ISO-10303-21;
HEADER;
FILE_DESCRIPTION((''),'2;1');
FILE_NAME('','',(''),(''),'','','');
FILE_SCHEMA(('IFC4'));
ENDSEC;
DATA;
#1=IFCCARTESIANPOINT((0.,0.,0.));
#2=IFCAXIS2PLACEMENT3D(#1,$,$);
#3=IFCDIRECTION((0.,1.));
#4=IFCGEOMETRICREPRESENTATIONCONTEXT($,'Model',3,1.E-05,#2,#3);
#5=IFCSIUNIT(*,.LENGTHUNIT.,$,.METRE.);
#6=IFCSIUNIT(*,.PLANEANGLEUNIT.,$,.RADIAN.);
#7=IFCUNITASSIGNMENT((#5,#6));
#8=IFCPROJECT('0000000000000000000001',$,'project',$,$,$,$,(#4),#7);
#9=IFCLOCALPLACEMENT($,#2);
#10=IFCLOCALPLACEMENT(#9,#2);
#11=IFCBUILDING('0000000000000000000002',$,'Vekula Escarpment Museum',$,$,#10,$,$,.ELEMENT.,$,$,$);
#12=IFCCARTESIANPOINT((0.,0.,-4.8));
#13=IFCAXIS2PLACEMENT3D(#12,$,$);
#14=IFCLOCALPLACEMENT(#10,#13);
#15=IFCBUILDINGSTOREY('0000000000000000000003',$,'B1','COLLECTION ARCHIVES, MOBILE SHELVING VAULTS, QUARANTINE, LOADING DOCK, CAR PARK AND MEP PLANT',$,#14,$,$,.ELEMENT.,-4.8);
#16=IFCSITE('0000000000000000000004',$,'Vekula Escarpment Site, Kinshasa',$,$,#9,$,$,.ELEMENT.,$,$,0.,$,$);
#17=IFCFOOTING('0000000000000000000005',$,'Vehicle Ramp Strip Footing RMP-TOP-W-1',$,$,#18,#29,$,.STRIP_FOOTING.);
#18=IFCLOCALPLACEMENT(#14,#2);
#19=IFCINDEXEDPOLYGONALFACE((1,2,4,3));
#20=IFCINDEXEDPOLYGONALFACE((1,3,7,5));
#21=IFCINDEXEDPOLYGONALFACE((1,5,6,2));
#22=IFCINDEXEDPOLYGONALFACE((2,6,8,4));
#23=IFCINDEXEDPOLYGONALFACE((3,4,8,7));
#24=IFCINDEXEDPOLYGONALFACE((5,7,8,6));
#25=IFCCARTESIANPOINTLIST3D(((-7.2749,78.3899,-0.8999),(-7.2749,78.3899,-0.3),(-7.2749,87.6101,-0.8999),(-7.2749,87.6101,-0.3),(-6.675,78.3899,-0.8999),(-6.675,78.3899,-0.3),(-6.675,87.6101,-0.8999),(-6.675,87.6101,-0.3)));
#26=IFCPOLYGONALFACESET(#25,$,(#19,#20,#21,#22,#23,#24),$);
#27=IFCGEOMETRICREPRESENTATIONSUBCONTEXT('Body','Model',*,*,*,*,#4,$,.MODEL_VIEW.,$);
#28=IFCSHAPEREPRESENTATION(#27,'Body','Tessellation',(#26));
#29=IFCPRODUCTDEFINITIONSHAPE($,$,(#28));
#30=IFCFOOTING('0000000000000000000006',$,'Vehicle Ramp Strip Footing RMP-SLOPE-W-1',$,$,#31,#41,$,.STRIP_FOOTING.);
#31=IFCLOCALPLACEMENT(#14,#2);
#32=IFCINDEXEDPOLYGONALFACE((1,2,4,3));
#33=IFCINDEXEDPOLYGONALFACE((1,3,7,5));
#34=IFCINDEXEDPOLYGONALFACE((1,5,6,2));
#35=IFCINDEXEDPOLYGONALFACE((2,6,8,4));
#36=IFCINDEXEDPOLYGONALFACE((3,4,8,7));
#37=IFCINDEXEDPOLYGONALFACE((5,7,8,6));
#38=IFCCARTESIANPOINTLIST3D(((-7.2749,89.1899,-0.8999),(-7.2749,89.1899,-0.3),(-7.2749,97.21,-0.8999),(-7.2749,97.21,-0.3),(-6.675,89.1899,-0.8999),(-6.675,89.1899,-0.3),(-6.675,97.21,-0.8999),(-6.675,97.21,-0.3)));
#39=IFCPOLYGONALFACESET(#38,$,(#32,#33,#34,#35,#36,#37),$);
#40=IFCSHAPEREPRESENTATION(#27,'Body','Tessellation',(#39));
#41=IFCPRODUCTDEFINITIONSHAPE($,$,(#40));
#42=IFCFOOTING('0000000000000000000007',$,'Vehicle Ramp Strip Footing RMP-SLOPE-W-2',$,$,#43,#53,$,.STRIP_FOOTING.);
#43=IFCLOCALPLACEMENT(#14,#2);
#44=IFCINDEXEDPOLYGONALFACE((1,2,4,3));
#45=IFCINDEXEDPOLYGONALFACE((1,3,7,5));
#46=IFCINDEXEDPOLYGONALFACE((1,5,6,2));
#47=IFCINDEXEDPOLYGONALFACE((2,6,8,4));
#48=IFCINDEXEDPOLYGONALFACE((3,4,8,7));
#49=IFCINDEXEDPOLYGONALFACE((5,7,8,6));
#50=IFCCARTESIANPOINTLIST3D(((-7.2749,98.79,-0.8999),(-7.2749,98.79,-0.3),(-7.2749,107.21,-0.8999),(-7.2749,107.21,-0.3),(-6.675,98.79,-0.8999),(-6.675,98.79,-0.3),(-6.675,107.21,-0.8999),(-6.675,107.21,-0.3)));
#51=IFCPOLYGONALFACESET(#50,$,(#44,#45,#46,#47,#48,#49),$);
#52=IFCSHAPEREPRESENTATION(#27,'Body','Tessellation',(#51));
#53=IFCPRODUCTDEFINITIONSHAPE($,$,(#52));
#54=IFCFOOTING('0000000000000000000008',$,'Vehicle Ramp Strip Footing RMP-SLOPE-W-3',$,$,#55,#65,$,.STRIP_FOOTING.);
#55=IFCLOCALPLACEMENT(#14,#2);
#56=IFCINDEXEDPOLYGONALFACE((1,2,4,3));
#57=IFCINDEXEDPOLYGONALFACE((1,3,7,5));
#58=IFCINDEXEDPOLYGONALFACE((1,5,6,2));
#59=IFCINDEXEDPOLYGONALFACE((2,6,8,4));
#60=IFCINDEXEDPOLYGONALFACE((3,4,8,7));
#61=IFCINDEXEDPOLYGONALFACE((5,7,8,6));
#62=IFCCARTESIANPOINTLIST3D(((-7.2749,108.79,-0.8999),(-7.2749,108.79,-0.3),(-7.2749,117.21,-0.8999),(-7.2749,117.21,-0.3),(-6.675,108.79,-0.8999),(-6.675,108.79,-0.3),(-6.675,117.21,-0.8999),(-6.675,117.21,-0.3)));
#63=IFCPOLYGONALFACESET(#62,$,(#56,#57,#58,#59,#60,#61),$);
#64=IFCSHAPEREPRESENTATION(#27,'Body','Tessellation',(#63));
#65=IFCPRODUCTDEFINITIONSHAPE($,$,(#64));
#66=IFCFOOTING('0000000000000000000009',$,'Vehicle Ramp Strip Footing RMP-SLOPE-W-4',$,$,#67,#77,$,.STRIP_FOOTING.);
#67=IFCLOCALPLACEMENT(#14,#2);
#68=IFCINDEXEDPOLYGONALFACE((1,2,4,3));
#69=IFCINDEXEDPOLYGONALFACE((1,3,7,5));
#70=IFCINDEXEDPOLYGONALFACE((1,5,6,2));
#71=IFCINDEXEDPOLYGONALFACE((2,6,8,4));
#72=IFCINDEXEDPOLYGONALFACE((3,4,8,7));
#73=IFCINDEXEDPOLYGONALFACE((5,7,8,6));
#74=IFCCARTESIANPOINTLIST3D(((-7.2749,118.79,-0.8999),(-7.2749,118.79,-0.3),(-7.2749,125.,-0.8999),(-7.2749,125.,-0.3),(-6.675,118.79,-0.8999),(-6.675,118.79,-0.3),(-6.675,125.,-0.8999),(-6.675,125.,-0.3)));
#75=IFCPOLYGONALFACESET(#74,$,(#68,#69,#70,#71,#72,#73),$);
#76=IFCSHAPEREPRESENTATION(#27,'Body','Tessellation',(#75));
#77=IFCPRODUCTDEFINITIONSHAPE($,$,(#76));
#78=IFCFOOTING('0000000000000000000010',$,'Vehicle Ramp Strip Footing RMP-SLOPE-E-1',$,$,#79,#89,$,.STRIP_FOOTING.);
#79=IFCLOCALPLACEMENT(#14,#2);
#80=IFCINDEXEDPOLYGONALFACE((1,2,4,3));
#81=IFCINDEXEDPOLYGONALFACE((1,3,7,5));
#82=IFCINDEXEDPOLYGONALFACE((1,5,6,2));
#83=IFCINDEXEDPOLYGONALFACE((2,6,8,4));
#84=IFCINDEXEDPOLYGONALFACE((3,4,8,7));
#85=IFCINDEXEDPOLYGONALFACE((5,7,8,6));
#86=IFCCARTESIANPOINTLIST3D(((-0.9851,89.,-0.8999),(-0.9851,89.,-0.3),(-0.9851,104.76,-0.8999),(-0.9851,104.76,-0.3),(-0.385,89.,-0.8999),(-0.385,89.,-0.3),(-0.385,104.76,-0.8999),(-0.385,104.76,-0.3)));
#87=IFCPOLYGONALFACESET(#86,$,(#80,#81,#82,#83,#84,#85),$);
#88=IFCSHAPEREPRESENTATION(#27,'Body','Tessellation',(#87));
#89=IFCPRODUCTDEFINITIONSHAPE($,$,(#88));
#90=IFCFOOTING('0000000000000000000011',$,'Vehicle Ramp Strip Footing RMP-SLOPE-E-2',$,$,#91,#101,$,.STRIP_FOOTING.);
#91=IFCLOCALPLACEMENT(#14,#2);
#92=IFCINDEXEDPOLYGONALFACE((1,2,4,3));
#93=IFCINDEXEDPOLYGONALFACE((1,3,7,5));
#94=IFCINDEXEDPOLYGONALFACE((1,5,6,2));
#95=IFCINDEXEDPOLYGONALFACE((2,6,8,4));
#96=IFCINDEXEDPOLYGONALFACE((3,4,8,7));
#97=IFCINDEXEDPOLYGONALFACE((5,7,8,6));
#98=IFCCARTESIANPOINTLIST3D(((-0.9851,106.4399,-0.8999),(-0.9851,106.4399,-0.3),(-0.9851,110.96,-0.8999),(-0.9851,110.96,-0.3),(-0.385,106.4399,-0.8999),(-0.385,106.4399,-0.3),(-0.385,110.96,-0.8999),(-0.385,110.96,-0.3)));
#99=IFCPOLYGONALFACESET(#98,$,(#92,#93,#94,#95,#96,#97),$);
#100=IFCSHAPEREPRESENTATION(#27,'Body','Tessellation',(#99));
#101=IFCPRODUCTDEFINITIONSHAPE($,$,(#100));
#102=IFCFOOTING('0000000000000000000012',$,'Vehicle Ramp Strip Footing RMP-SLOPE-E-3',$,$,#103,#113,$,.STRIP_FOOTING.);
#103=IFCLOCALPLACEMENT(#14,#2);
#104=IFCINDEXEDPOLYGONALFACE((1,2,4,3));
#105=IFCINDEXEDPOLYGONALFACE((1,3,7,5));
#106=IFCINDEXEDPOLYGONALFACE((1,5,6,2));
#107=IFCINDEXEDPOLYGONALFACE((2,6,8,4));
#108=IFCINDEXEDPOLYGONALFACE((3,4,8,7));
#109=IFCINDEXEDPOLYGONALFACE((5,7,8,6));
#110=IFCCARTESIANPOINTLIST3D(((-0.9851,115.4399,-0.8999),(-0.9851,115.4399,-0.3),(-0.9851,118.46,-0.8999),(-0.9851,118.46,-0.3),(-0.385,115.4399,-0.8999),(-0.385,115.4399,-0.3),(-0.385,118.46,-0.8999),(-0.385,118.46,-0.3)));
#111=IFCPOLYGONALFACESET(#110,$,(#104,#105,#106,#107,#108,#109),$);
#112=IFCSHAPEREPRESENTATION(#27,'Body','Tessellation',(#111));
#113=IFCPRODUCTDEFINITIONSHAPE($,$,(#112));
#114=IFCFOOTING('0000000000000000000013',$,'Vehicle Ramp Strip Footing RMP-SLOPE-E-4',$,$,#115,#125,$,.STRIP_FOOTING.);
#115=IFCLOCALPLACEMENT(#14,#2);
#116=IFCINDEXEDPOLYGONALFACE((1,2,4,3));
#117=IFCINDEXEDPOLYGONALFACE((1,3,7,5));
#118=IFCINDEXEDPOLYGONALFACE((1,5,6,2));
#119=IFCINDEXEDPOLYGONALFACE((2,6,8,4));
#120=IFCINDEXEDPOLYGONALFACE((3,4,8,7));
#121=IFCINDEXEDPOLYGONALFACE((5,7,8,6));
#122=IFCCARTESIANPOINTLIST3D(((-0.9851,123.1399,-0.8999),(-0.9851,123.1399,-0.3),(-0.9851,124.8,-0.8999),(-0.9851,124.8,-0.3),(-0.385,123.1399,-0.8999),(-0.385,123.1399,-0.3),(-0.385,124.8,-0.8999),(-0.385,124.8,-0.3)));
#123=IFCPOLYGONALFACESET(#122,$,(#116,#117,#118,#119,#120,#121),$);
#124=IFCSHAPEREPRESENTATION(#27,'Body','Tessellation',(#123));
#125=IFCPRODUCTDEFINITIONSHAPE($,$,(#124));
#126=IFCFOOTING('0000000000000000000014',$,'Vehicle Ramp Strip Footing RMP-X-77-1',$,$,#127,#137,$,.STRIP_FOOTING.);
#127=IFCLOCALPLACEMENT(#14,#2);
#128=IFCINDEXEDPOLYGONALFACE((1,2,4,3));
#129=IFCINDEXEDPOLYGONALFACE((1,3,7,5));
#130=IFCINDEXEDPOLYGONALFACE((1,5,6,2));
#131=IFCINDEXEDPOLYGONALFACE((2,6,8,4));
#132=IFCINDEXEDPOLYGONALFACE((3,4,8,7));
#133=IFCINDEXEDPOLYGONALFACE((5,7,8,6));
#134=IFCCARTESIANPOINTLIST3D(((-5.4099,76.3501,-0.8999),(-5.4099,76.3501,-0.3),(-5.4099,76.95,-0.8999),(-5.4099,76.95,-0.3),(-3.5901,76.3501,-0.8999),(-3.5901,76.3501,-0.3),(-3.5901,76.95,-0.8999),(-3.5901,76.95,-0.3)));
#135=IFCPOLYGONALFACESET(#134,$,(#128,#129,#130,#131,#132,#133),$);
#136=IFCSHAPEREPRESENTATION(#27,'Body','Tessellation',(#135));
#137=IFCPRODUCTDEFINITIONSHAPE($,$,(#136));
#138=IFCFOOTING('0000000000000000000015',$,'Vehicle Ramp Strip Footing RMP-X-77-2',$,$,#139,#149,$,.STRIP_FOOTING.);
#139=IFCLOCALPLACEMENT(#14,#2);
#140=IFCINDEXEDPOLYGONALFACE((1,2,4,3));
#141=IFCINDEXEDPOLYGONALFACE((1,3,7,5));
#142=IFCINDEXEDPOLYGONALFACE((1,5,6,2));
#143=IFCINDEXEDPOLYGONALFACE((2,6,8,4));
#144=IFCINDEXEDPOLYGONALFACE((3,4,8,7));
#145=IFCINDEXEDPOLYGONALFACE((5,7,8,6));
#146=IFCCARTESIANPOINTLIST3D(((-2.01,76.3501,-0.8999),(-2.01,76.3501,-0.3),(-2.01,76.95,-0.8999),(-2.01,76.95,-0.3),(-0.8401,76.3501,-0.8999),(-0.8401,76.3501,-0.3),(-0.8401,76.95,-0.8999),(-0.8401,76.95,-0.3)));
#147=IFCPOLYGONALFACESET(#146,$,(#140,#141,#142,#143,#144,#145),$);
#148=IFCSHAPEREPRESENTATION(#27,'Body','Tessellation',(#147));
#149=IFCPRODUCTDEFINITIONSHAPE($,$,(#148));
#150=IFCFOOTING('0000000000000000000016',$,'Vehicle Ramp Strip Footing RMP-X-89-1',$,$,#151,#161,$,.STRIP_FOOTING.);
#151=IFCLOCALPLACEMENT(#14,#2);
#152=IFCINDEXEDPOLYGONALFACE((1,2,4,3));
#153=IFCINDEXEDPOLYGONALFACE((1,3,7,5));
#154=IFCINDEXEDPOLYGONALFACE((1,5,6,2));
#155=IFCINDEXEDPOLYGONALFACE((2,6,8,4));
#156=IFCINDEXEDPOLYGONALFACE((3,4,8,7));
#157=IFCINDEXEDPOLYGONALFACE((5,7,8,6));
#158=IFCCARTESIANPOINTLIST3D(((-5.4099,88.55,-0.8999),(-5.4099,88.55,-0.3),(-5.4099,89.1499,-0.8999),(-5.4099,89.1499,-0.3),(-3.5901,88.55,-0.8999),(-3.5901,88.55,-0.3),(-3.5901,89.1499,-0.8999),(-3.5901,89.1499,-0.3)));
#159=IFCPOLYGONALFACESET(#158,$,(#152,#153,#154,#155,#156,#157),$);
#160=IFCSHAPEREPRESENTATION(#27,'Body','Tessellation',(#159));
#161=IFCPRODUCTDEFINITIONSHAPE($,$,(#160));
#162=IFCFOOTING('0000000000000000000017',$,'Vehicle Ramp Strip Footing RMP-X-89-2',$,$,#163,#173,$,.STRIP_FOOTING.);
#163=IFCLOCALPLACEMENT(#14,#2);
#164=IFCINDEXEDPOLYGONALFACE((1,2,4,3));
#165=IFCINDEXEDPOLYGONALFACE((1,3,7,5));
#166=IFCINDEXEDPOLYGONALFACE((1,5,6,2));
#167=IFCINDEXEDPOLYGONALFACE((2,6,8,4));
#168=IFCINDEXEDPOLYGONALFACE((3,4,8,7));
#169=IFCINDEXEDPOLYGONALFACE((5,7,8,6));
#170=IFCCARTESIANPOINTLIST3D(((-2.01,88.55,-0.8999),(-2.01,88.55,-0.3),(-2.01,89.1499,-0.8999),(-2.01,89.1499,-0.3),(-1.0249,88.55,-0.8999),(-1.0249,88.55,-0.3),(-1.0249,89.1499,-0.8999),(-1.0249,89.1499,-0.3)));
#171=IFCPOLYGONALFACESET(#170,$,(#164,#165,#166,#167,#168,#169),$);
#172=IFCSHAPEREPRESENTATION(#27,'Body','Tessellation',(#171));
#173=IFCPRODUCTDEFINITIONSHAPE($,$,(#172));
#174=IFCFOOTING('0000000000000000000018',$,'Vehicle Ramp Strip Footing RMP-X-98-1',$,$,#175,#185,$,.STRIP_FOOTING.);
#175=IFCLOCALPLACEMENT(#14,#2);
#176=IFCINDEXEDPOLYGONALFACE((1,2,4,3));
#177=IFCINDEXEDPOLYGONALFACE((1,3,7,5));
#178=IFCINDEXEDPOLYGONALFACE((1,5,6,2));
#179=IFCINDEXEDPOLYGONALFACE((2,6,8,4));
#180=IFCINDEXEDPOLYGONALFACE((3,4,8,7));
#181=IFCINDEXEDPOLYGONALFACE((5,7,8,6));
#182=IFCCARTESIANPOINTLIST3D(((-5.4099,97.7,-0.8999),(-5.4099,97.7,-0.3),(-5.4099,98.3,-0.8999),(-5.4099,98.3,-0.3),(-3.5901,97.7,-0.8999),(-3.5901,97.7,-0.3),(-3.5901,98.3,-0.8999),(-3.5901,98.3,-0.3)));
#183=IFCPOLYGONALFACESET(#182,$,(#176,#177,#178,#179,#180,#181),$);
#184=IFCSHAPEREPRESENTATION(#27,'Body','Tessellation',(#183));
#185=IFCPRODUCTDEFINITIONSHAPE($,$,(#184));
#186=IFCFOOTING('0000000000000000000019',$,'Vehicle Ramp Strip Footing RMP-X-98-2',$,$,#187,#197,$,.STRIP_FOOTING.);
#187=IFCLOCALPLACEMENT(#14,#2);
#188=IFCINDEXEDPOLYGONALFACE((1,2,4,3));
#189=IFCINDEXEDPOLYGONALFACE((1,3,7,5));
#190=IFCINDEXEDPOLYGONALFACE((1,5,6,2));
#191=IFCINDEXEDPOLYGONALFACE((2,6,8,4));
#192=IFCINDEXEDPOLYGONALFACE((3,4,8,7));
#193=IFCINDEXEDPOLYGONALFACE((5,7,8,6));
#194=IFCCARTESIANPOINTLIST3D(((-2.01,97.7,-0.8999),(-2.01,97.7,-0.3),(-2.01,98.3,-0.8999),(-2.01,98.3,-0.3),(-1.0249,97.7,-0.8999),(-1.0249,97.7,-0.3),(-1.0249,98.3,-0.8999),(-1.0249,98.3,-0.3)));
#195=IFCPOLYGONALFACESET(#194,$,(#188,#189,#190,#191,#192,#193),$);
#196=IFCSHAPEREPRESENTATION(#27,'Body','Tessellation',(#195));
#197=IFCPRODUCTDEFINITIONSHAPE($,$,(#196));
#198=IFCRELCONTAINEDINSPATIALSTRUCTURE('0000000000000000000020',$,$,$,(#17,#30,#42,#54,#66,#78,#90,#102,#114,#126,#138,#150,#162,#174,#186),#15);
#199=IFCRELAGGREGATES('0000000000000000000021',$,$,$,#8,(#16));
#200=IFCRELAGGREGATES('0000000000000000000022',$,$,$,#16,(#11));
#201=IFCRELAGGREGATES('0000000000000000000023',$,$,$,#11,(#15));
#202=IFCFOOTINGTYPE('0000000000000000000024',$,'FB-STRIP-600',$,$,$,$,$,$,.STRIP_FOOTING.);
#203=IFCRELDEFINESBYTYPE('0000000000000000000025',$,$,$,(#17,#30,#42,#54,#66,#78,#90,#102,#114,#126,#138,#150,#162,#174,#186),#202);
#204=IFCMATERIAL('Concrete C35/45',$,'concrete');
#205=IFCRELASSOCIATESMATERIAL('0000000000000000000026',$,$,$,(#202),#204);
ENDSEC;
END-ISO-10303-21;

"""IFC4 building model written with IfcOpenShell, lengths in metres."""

from ifc_helpers import new_model, si_unit, direction, frame, origin, place, context, subcontext, project, spatial, polyline, outline, extrude, material, type_object, element, save


model = new_model("IFC4")

# Units and contexts
model_context = context("Model", 3, precision=1e-05, world=origin(), true_north=direction((0.0, 1.0)))
body_context = subcontext(model_context, "Body", "Model", "MODEL_VIEW")
ifc_project = project(units=[si_unit("LENGTHUNIT", "METRE"), si_unit("PLANEANGLEUNIT", "RADIAN")], contexts=[model_context])

# Site, building, storey
site_placement = place(None, origin())
site = spatial("IfcSite", under=ifc_project, at=site_placement, Name="Vekula Escarpment Site, Kinshasa", CompositionType="ELEMENT", RefElevation=0.0)
building_placement = place(site_placement, origin())
building = spatial("IfcBuilding", under=site, at=building_placement, Name="Vekula Escarpment Museum", CompositionType="ELEMENT")
storey_placement = place(building_placement, frame((0.0, 0.0, -4.8)))
storey = spatial("IfcBuildingStorey", under=building, at=storey_placement, Name="B1", Description="COLLECTION ARCHIVES, MOBILE SHELVING VAULTS, QUARANTINE, LOADING DOCK, CAR PARK AND MEP PLANT", CompositionType="ELEMENT", Elevation=-4.8)

# Footings
ifc_material_1 = material(Name="Concrete C35/45", Category="concrete")
footing_type_1 = type_object("IfcFootingType", Name="FB-STRIP-600", PredefinedType="STRIP_FOOTING", material=ifc_material_1)
footing_1_placement = place(storey_placement, frame((0.0, 0.0, -0.8999)))
element("IfcFooting", 1, at=footing_1_placement, inside=storey, type_object=footing_type_1, Name="Vehicle Ramp Strip Footing RMP-TOP-W-1", PredefinedType="STRIP_FOOTING", context=body_context, shape_type="SweptSolid", body=[
    extrude(outline(polyline([(-7.2749, 78.3899), (-6.675, 78.3899), (-6.675, 87.6101), (-7.2749, 87.6101), (-7.2749, 78.3899)])), origin(), (0.0, 0.0, 1.0), 0.5999),
])
footing_2_placement = place(storey_placement, frame((0.0, 0.0, -0.8999)))
element("IfcFooting", 2, at=footing_2_placement, inside=storey, type_object=footing_type_1, Name="Vehicle Ramp Strip Footing RMP-SLOPE-W-1", PredefinedType="STRIP_FOOTING", context=body_context, shape_type="SweptSolid", body=[
    extrude(outline(polyline([(-7.2749, 89.1899), (-6.675, 89.1899), (-6.675, 97.21), (-7.2749, 97.21), (-7.2749, 89.1899)])), origin(), (0.0, 0.0, 1.0), 0.5999),
])
footing_3_placement = place(storey_placement, frame((0.0, 0.0, -0.8999)))
element("IfcFooting", 3, at=footing_3_placement, inside=storey, type_object=footing_type_1, Name="Vehicle Ramp Strip Footing RMP-SLOPE-W-2", PredefinedType="STRIP_FOOTING", context=body_context, shape_type="SweptSolid", body=[
    extrude(outline(polyline([(-7.2749, 98.79), (-6.675, 98.79), (-6.675, 107.21), (-7.2749, 107.21), (-7.2749, 98.79)])), origin(), (0.0, 0.0, 1.0), 0.5999),
])
footing_4_placement = place(storey_placement, frame((0.0, 0.0, -0.8999)))
element("IfcFooting", 4, at=footing_4_placement, inside=storey, type_object=footing_type_1, Name="Vehicle Ramp Strip Footing RMP-SLOPE-W-3", PredefinedType="STRIP_FOOTING", context=body_context, shape_type="SweptSolid", body=[
    extrude(outline(polyline([(-7.2749, 108.79), (-6.675, 108.79), (-6.675, 117.21), (-7.2749, 117.21), (-7.2749, 108.79)])), origin(), (0.0, 0.0, 1.0), 0.5999),
])
footing_5_placement = place(storey_placement, frame((0.0, 0.0, -0.8999)))
element("IfcFooting", 5, at=footing_5_placement, inside=storey, type_object=footing_type_1, Name="Vehicle Ramp Strip Footing RMP-SLOPE-W-4", PredefinedType="STRIP_FOOTING", context=body_context, shape_type="SweptSolid", body=[
    extrude(outline(polyline([(-7.2749, 118.79), (-6.675, 118.79), (-6.675, 125.0), (-7.2749, 125.0), (-7.2749, 118.79)])), origin(), (0.0, 0.0, 1.0), 0.5999),
])
footing_6_placement = place(storey_placement, frame((0.0, 0.0, -0.8999)))
element("IfcFooting", 6, at=footing_6_placement, inside=storey, type_object=footing_type_1, Name="Vehicle Ramp Strip Footing RMP-SLOPE-E-1", PredefinedType="STRIP_FOOTING", context=body_context, shape_type="SweptSolid", body=[
    extrude(outline(polyline([(-0.9851, 89.0), (-0.385, 89.0), (-0.385, 104.76), (-0.9851, 104.76), (-0.9851, 89.0)])), origin(), (0.0, 0.0, 1.0), 0.5999),
])
footing_7_placement = place(storey_placement, frame((0.0, 0.0, -0.8999)))
element("IfcFooting", 7, at=footing_7_placement, inside=storey, type_object=footing_type_1, Name="Vehicle Ramp Strip Footing RMP-SLOPE-E-2", PredefinedType="STRIP_FOOTING", context=body_context, shape_type="SweptSolid", body=[
    extrude(outline(polyline([(-0.9851, 106.4399), (-0.385, 106.4399), (-0.385, 110.96), (-0.9851, 110.96), (-0.9851, 106.4399)])), origin(), (0.0, 0.0, 1.0), 0.5999),
])
footing_8_placement = place(storey_placement, frame((0.0, 0.0, -0.8999)))
element("IfcFooting", 8, at=footing_8_placement, inside=storey, type_object=footing_type_1, Name="Vehicle Ramp Strip Footing RMP-SLOPE-E-3", PredefinedType="STRIP_FOOTING", context=body_context, shape_type="SweptSolid", body=[
    extrude(outline(polyline([(-0.9851, 115.4399), (-0.385, 115.4399), (-0.385, 118.46), (-0.9851, 118.46), (-0.9851, 115.4399)])), origin(), (0.0, 0.0, 1.0), 0.5999),
])
footing_9_placement = place(storey_placement, frame((0.0, 0.0, -0.8999)))
element("IfcFooting", 9, at=footing_9_placement, inside=storey, type_object=footing_type_1, Name="Vehicle Ramp Strip Footing RMP-SLOPE-E-4", PredefinedType="STRIP_FOOTING", context=body_context, shape_type="SweptSolid", body=[
    extrude(outline(polyline([(-0.9851, 123.1399), (-0.385, 123.1399), (-0.385, 124.8), (-0.9851, 124.8), (-0.9851, 123.1399)])), origin(), (0.0, 0.0, 1.0), 0.5999),
])
footing_10_placement = place(storey_placement, frame((0.0, 0.0, -0.8999)))
element("IfcFooting", 10, at=footing_10_placement, inside=storey, type_object=footing_type_1, Name="Vehicle Ramp Strip Footing RMP-X-77-1", PredefinedType="STRIP_FOOTING", context=body_context, shape_type="SweptSolid", body=[
    extrude(outline(polyline([(-5.4099, 76.3501), (-3.5901, 76.3501), (-3.5901, 76.95), (-5.4099, 76.95), (-5.4099, 76.3501)])), origin(), (0.0, 0.0, 1.0), 0.5999),
])
footing_11_placement = place(storey_placement, frame((0.0, 0.0, -0.8999)))
element("IfcFooting", 11, at=footing_11_placement, inside=storey, type_object=footing_type_1, Name="Vehicle Ramp Strip Footing RMP-X-77-2", PredefinedType="STRIP_FOOTING", context=body_context, shape_type="SweptSolid", body=[
    extrude(outline(polyline([(-2.01, 76.3501), (-0.8401, 76.3501), (-0.8401, 76.95), (-2.01, 76.95), (-2.01, 76.3501)])), origin(), (0.0, 0.0, 1.0), 0.5999),
])
footing_12_placement = place(storey_placement, frame((0.0, 0.0, -0.8999)))
element("IfcFooting", 12, at=footing_12_placement, inside=storey, type_object=footing_type_1, Name="Vehicle Ramp Strip Footing RMP-X-89-1", PredefinedType="STRIP_FOOTING", context=body_context, shape_type="SweptSolid", body=[
    extrude(outline(polyline([(-5.4099, 88.55), (-3.5901, 88.55), (-3.5901, 89.1499), (-5.4099, 89.1499), (-5.4099, 88.55)])), origin(), (0.0, 0.0, 1.0), 0.5999),
])
footing_13_placement = place(storey_placement, frame((0.0, 0.0, -0.8999)))
element("IfcFooting", 13, at=footing_13_placement, inside=storey, type_object=footing_type_1, Name="Vehicle Ramp Strip Footing RMP-X-89-2", PredefinedType="STRIP_FOOTING", context=body_context, shape_type="SweptSolid", body=[
    extrude(outline(polyline([(-2.01, 88.55), (-1.0249, 88.55), (-1.0249, 89.1499), (-2.01, 89.1499), (-2.01, 88.55)])), origin(), (0.0, 0.0, 1.0), 0.5999),
])
footing_14_placement = place(storey_placement, frame((0.0, 0.0, -0.8999)))
element("IfcFooting", 14, at=footing_14_placement, inside=storey, type_object=footing_type_1, Name="Vehicle Ramp Strip Footing RMP-X-98-1", PredefinedType="STRIP_FOOTING", context=body_context, shape_type="SweptSolid", body=[
    extrude(outline(polyline([(-5.4099, 97.7), (-3.5901, 97.7), (-3.5901, 98.3), (-5.4099, 98.3), (-5.4099, 97.7)])), origin(), (0.0, 0.0, 1.0), 0.5999),
])
footing_15_placement = place(storey_placement, frame((0.0, 0.0, -0.8999)))
element("IfcFooting", 15, at=footing_15_placement, inside=storey, type_object=footing_type_1, Name="Vehicle Ramp Strip Footing RMP-X-98-2", PredefinedType="STRIP_FOOTING", context=body_context, shape_type="SweptSolid", body=[
    extrude(outline(polyline([(-2.01, 97.7), (-1.0249, 97.7), (-1.0249, 98.3), (-2.01, 98.3), (-2.01, 97.7)])), origin(), (0.0, 0.0, 1.0), 0.5999),
])

save(model, "model.ifc")
